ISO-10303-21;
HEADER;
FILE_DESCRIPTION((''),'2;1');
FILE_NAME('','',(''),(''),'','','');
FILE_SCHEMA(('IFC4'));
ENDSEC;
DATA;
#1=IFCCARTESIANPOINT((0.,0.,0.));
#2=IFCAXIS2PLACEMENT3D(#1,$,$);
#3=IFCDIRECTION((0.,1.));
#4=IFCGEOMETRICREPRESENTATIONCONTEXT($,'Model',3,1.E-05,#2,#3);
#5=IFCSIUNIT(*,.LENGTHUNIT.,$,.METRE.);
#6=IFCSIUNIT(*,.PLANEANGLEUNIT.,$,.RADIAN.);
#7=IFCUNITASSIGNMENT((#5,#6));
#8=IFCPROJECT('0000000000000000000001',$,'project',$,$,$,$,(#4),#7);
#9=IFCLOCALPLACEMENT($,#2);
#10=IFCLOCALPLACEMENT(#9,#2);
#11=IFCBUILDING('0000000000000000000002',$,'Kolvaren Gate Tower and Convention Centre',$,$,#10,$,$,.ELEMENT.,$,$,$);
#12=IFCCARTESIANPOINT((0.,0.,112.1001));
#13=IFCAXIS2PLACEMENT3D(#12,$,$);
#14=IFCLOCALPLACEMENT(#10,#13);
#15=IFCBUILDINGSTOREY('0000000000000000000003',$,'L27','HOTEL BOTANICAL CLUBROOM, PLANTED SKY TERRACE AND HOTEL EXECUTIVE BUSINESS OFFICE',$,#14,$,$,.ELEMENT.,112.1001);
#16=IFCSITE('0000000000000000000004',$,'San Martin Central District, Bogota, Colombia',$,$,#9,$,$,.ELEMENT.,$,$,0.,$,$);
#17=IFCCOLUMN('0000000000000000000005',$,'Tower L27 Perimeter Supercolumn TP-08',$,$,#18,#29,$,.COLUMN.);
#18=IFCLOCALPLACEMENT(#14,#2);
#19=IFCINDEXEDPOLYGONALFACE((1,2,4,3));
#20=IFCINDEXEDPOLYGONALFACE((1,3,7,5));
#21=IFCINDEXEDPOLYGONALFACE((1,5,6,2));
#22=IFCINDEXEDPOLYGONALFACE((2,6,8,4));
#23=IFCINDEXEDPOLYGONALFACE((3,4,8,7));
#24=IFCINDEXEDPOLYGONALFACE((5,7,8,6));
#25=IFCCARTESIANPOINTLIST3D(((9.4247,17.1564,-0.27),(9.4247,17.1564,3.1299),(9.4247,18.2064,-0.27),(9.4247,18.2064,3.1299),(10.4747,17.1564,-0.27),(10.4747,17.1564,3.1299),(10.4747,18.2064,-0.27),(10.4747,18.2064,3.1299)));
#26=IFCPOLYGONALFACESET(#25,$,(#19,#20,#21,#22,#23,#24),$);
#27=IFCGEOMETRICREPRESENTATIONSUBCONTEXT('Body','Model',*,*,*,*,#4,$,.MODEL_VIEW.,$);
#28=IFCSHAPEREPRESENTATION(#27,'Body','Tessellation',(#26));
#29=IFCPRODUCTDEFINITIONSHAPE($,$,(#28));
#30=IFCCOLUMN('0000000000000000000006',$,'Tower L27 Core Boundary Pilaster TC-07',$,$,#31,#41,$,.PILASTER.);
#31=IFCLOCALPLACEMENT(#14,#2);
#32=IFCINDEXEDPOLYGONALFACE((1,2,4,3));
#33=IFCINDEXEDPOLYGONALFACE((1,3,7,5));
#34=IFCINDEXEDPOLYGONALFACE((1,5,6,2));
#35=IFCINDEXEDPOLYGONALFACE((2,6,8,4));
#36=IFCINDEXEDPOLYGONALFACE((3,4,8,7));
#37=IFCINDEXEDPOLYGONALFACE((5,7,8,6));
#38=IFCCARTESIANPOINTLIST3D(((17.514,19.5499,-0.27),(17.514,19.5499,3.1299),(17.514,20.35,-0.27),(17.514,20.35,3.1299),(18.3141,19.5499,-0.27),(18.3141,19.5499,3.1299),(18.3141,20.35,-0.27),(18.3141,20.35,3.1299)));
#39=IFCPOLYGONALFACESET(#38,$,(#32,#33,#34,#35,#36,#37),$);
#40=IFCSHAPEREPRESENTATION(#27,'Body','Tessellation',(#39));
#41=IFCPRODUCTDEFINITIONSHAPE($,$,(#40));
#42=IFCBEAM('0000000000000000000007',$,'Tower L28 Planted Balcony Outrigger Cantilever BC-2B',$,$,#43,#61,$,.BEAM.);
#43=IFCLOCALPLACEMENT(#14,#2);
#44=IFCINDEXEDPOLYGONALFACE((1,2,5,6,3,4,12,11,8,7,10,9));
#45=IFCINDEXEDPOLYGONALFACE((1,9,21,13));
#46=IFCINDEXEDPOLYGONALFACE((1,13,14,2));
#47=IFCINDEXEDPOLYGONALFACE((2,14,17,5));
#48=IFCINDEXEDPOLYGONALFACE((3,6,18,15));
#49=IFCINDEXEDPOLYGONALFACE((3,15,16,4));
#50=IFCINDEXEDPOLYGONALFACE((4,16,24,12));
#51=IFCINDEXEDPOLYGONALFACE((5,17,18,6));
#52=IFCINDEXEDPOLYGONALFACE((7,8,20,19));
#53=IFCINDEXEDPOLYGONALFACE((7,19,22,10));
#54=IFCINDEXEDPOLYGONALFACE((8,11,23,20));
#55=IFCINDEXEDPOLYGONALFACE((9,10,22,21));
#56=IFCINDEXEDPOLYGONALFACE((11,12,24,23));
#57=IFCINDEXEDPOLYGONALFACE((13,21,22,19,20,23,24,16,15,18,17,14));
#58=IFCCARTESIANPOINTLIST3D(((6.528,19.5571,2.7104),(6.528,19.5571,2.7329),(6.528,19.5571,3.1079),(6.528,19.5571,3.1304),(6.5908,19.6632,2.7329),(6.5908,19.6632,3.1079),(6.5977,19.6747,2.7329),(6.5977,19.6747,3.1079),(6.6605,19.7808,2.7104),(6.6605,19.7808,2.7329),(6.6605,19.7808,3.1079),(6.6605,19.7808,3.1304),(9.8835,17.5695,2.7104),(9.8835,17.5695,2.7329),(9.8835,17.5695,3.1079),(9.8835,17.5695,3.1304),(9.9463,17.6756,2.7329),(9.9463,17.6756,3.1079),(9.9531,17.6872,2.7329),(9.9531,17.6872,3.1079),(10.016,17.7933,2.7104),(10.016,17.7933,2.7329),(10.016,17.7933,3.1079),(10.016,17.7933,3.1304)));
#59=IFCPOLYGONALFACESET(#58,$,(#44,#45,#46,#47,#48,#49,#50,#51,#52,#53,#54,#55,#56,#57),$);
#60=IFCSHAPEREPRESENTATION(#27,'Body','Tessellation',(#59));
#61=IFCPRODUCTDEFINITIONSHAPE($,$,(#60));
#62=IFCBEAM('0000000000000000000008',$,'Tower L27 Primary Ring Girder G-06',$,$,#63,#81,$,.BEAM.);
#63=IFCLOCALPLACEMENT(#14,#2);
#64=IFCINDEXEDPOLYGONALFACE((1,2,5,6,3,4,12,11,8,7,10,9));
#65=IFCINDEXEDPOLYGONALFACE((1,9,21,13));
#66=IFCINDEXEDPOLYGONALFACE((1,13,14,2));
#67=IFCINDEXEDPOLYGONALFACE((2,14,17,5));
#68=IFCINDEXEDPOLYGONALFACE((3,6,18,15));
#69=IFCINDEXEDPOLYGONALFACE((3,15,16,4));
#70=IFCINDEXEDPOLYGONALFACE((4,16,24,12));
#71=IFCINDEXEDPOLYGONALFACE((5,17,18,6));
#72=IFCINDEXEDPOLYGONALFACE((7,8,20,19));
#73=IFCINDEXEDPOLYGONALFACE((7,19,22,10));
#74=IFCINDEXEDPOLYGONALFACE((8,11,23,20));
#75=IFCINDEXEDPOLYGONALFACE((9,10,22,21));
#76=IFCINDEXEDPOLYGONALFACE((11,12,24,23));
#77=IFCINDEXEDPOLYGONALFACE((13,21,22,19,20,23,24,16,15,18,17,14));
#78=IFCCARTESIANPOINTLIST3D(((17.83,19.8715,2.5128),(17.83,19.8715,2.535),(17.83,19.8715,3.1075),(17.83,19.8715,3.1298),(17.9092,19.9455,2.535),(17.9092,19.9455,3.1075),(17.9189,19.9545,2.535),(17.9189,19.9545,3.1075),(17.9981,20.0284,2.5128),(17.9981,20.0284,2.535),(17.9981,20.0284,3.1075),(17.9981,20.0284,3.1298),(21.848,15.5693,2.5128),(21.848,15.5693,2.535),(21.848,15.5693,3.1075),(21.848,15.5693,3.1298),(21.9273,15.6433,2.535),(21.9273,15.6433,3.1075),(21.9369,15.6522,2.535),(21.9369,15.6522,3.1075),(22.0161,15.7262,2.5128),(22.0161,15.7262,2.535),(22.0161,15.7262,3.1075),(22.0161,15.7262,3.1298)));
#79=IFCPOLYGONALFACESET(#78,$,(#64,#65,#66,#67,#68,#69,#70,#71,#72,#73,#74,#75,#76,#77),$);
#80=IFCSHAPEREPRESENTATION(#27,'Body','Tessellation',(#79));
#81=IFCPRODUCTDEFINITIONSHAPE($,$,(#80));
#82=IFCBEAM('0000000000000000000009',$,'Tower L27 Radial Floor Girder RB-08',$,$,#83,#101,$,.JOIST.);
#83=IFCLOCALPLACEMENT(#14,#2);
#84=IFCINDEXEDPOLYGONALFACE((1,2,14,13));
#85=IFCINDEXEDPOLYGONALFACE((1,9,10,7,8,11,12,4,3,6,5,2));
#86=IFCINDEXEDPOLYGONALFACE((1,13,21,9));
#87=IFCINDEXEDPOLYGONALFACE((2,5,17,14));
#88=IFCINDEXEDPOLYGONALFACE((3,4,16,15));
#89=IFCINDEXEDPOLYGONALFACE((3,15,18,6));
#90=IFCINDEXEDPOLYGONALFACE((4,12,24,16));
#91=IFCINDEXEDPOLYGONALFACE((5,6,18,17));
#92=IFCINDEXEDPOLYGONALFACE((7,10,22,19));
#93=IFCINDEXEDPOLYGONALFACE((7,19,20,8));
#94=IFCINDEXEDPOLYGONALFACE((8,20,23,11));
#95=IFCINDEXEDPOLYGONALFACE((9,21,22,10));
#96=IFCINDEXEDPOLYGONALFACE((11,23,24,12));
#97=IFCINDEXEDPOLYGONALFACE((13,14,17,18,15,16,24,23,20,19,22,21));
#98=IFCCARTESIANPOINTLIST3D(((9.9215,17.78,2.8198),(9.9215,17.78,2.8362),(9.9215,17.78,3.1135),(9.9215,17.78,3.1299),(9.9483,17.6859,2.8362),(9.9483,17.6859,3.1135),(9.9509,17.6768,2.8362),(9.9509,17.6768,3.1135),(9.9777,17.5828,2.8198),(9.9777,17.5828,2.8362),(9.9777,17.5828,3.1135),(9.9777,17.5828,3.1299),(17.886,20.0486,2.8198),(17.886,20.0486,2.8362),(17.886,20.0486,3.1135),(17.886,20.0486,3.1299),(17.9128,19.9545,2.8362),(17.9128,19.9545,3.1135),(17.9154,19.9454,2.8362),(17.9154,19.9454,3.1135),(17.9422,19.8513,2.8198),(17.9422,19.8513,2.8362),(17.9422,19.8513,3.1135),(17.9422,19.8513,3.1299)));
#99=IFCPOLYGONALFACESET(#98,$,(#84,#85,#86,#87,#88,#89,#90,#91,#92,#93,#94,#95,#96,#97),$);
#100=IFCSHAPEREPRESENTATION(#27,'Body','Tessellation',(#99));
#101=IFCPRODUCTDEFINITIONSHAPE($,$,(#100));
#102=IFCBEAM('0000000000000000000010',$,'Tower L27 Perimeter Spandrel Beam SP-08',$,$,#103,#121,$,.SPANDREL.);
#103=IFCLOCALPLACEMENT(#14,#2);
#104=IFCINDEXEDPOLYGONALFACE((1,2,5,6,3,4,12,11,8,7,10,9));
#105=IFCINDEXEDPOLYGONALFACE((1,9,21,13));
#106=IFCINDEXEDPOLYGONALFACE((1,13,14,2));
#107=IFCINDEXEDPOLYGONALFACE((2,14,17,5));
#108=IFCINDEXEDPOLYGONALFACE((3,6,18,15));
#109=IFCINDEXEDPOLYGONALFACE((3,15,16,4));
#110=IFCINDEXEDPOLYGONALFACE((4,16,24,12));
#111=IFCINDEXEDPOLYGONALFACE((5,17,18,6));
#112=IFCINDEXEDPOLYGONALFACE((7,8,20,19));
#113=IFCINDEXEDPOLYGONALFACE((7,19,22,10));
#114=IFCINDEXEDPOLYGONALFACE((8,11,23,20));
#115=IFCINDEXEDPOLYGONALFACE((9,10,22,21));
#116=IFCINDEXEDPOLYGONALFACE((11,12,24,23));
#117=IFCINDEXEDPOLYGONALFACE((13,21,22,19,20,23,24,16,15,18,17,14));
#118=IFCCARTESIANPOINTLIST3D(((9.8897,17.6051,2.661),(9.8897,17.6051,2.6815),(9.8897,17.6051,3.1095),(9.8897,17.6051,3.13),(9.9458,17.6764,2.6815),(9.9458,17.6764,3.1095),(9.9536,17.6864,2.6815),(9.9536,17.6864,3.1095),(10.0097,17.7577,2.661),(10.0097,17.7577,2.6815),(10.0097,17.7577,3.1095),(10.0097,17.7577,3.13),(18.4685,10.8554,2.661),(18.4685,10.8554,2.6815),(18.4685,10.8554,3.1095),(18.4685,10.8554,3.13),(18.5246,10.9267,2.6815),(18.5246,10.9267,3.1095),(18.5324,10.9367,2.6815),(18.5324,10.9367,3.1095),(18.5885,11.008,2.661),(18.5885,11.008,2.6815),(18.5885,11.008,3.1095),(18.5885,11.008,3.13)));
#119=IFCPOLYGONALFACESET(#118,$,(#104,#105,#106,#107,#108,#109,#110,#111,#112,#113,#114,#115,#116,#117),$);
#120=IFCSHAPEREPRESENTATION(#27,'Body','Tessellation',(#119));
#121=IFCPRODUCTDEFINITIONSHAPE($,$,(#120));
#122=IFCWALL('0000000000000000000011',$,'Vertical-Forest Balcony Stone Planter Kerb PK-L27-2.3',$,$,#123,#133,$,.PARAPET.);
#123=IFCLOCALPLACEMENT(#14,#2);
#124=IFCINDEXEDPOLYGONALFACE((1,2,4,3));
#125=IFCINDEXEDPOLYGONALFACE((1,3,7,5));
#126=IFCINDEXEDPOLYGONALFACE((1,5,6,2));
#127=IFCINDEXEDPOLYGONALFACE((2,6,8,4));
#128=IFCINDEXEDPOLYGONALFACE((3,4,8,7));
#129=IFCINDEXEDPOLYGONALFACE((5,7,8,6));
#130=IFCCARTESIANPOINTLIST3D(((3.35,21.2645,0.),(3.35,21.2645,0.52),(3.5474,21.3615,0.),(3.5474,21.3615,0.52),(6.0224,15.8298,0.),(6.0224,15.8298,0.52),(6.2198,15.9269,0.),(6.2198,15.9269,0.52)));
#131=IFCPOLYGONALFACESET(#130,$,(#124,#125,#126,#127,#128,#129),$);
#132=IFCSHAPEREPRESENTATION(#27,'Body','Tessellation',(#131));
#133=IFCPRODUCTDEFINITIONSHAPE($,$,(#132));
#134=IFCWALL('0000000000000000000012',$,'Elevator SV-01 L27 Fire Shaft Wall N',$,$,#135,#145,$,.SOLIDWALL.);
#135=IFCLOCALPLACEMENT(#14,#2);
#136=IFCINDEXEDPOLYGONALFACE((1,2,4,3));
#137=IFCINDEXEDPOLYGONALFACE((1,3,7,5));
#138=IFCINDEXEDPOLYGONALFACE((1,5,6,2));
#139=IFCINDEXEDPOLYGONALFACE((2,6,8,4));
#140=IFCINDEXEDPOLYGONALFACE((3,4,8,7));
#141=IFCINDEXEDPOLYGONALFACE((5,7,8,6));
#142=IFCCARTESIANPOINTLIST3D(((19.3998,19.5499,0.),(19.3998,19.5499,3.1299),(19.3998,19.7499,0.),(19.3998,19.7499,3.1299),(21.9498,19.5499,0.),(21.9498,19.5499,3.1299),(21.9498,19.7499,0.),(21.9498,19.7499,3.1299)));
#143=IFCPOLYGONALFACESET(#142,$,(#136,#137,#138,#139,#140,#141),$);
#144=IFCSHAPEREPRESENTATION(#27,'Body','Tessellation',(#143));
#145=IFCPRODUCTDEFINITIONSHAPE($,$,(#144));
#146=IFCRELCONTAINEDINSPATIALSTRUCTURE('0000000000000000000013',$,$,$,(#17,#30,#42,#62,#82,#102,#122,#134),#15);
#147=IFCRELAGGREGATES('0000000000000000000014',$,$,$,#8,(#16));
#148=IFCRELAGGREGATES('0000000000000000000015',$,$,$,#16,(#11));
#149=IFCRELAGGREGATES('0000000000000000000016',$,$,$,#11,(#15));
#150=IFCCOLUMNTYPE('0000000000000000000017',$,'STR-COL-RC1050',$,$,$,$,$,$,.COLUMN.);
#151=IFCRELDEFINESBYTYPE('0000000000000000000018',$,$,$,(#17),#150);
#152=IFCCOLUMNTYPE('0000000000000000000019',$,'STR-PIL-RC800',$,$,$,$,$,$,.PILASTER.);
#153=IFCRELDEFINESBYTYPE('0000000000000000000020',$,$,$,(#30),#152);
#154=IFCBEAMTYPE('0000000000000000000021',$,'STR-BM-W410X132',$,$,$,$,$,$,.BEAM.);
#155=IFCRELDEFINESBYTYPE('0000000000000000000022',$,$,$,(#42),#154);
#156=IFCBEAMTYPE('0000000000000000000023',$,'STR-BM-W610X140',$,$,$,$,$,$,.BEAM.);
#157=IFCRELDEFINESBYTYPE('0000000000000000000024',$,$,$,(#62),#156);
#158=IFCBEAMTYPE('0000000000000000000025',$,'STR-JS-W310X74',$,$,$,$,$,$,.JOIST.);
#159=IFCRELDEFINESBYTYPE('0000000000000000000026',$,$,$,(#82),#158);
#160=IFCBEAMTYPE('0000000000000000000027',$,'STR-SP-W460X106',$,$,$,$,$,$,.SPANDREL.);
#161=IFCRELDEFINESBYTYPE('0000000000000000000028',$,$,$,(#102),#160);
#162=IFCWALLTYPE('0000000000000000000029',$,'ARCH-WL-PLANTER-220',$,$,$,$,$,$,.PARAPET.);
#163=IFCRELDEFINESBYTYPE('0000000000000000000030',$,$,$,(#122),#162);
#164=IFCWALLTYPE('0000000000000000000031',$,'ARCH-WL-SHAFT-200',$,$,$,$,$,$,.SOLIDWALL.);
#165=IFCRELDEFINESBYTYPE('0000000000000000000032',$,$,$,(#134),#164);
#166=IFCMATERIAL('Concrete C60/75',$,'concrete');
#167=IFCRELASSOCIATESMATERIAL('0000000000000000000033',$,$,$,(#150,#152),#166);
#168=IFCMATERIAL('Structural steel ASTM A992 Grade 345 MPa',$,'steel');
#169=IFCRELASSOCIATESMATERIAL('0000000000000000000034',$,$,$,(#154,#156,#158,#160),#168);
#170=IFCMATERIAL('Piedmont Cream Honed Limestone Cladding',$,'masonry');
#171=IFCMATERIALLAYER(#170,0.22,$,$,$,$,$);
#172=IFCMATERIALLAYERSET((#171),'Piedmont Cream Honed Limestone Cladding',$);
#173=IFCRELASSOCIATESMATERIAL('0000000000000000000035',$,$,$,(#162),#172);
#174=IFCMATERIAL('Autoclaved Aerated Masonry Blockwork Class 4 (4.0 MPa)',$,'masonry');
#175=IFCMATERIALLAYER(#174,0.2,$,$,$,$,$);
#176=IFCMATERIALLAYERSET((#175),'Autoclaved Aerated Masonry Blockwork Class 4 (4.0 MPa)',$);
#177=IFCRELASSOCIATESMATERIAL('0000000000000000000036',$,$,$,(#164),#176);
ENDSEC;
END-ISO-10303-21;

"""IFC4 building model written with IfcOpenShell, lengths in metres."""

from ifc_helpers import new_model, si_unit, direction, frame, frame_2d, origin, origin_2d, place, context, subcontext, project, spatial, rectangle, i_section, extrude, material, layer, layer_set, material_profile, profile_set, type_object, element, save


model = new_model("IFC4")

# Units and contexts
model_context = context("Model", 3, precision=1e-05, world=origin(), true_north=direction((0.0, 1.0)))
body_context = subcontext(model_context, "Body", "Model", "MODEL_VIEW")
ifc_project = project(units=[si_unit("LENGTHUNIT", "METRE"), si_unit("PLANEANGLEUNIT", "RADIAN")], contexts=[model_context])

# Site, building, storey
site_placement = place(None, origin())
site = spatial("IfcSite", under=ifc_project, at=site_placement, Name="San Martin Central District, Bogota, Colombia", CompositionType="ELEMENT", RefElevation=0.0)
building_placement = place(site_placement, origin())
building = spatial("IfcBuilding", under=site, at=building_placement, Name="Kolvaren Gate Tower and Convention Centre", CompositionType="ELEMENT")
storey_placement = place(building_placement, frame((0.0, 0.0, 112.1001)))
storey = spatial("IfcBuildingStorey", under=building, at=storey_placement, Name="L27", Description="HOTEL BOTANICAL CLUBROOM, PLANTED SKY TERRACE AND HOTEL EXECUTIVE BUSINESS OFFICE", CompositionType="ELEMENT", Elevation=112.1001)

# Columns
ifc_material_1 = material(Name="Concrete C60/75", Category="concrete")
ifc_material_profile_1 = material_profile(ifc_material_1, rectangle(XDim=1.05, YDim=1.05, at=origin_2d()), Name="RC-COL-1050X1050")
ifc_profile_set_1 = profile_set([ifc_material_profile_1], Name="Concrete C60/75")
column_type_1 = type_object("IfcColumnType", Name="STR-COL-RC1050", PredefinedType="COLUMN", material=ifc_profile_set_1)
column_1_placement = place(storey_placement, frame((9.9497, 17.6814, -0.27), z_axis=(0.0, 0.0, 1.0), x_axis=(1.0, 0.0, 0.0)))
element("IfcColumn", 1, at=column_1_placement, inside=storey, type_object=column_type_1, Name="Tower L27 Perimeter Supercolumn TP-08", PredefinedType="COLUMN", context=body_context, shape_type="SweptSolid", body=[
    extrude(rectangle(XDim=1.05, YDim=1.05, at=origin_2d()), origin(), (0.0, 0.0, 1.0), 3.3999),
])
ifc_material_profile_2 = material_profile(ifc_material_1, rectangle(XDim=0.8, YDim=0.8, at=origin_2d()), Name="RC-COL-800X800")
ifc_profile_set_2 = profile_set([ifc_material_profile_2], Name="Concrete C60/75")
column_type_2 = type_object("IfcColumnType", Name="STR-PIL-RC800", PredefinedType="PILASTER", material=ifc_profile_set_2)
column_2_placement = place(storey_placement, frame((17.9141, 19.95, -0.27), z_axis=(0.0, 0.0, 1.0), x_axis=(1.0, 0.0, 0.0)))
element("IfcColumn", 2, at=column_2_placement, inside=storey, type_object=column_type_2, Name="Tower L27 Core Boundary Pilaster TC-07", PredefinedType="PILASTER", context=body_context, shape_type="SweptSolid", body=[
    extrude(rectangle(XDim=0.8, YDim=0.8, at=origin_2d()), origin(), (0.0, 0.0, 1.0), 3.3999),
])

# Beams
ifc_material_2 = material(Name="Structural steel ASTM A992 Grade 345 MPa", Category="steel")
ifc_material_profile_3 = material_profile(ifc_material_2, i_section(OverallWidth=0.26, OverallDepth=0.4199, WebThickness=0.0134, FlangeThickness=0.0225, at=origin_2d()), Name="W410X132")
ifc_profile_set_3 = profile_set([ifc_material_profile_3], Name="Structural steel ASTM A992 Grade 345 MPa")
beam_type_1 = type_object("IfcBeamType", Name="STR-BM-W410X132", PredefinedType="BEAM", material=ifc_profile_set_3)
beam_1_placement = place(storey_placement, frame((9.9497, 17.6814, 2.9204), z_axis=(-0.86039, 0.509636, 0.0), x_axis=(-0.509636, -0.86039, 0.0)))
element("IfcBeam", 3, at=beam_1_placement, inside=storey, type_object=beam_type_1, Name="Tower L28 Planted Balcony Outrigger Cantilever BC-2B", PredefinedType="BEAM", context=body_context, shape_type="SweptSolid", body=[
    extrude(i_section(OverallWidth=0.26, OverallDepth=0.4199, WebThickness=0.0134, FlangeThickness=0.0225, at=origin_2d()), origin(), (0.0, 0.0, 1.0), 3.8999),
])
ifc_material_profile_4 = material_profile(ifc_material_2, i_section(OverallWidth=0.23, OverallDepth=0.6169, WebThickness=0.0132, FlangeThickness=0.0222, at=origin_2d()), Name="W610X140")
ifc_profile_set_4 = profile_set([ifc_material_profile_4], Name="Structural steel ASTM A992 Grade 345 MPa")
beam_type_2 = type_object("IfcBeamType", Name="STR-BM-W610X140", PredefinedType="BEAM", material=ifc_profile_set_4)
beam_2_placement = place(storey_placement, frame((17.9141, 19.95, 2.8213), z_axis=(0.682558, -0.730832, 0.0), x_axis=(0.730832, 0.682558, 0.0)))
element("IfcBeam", 4, at=beam_2_placement, inside=storey, type_object=beam_type_2, Name="Tower L27 Primary Ring Girder G-06", PredefinedType="BEAM", context=body_context, shape_type="SweptSolid", body=[
    extrude(i_section(OverallWidth=0.23, OverallDepth=0.6169, WebThickness=0.0132, FlangeThickness=0.0222, at=origin_2d()), origin(), (0.0, 0.0, 1.0), 5.8867),
])
ifc_material_profile_5 = material_profile(ifc_material_2, i_section(OverallWidth=0.2051, OverallDepth=0.3101, WebThickness=0.0095, FlangeThickness=0.0164, at=origin_2d()), Name="W310X74")
ifc_profile_set_5 = profile_set([ifc_material_profile_5], Name="Structural steel ASTM A992 Grade 345 MPa")
beam_type_3 = type_object("IfcBeamType", Name="STR-JS-W310X74", PredefinedType="JOIST", material=ifc_profile_set_5)
beam_3_placement = place(storey_placement, frame((17.9141, 19.95, 2.9749), z_axis=(-0.961746, -0.273942, 0.0), x_axis=(0.273942, -0.961746, 0.0)))
element("IfcBeam", 5, at=beam_3_placement, inside=storey, type_object=beam_type_3, Name="Tower L27 Radial Floor Girder RB-08", PredefinedType="JOIST", context=body_context, shape_type="SweptSolid", body=[
    extrude(i_section(OverallWidth=0.2051, OverallDepth=0.3101, WebThickness=0.0095, FlangeThickness=0.0164, at=origin_2d()), origin(), (0.0, 0.0, 1.0), 8.2812),
])
ifc_material_profile_6 = material_profile(ifc_material_2, i_section(OverallWidth=0.1941, OverallDepth=0.469, WebThickness=0.0127, FlangeThickness=0.0205, at=origin_2d()), Name="W460X106")
ifc_profile_set_6 = profile_set([ifc_material_profile_6], Name="Structural steel ASTM A992 Grade 345 MPa")
beam_type_4 = type_object("IfcBeamType", Name="STR-SP-W460X106", PredefinedType="SPANDREL", material=ifc_profile_set_6)
beam_4_placement = place(storey_placement, frame((9.9497, 17.6814, 2.8955), z_axis=(0.785908, -0.618344, 0.0), x_axis=(0.618344, 0.785908, 0.0)))
element("IfcBeam", 6, at=beam_4_placement, inside=storey, type_object=beam_type_4, Name="Tower L27 Perimeter Spandrel Beam SP-08", PredefinedType="SPANDREL", context=body_context, shape_type="SweptSolid", body=[
    extrude(i_section(OverallWidth=0.1941, OverallDepth=0.469, WebThickness=0.0127, FlangeThickness=0.0205, at=origin_2d()), origin(), (0.0, 0.0, 1.0), 10.9158),
])

# Walls
ifc_material_3 = material(Name="Piedmont Cream Honed Limestone Cladding", Category="masonry")
ifc_layer_1 = layer(ifc_material_3, 0.22)
ifc_layer_set_1 = layer_set([ifc_layer_1], Name="Piedmont Cream Honed Limestone Cladding")
wall_type_1 = type_object("IfcWallType", Name="ARCH-WL-PLANTER-220", PredefinedType="PARAPET", material=ifc_layer_set_1)
wall_1_placement = place(storey_placement, frame((3.4487, 21.313, 0.0), z_axis=(0.0, 0.0, 1.0), x_axis=(0.44127, -0.897375, 0.0)))
element("IfcWall", 7, at=wall_1_placement, inside=storey, type_object=wall_type_1, Name="Vertical-Forest Balcony Stone Planter Kerb PK-L27-2.3", PredefinedType="PARAPET", context=body_context, shape_type="SweptSolid", body=[
    extrude(rectangle(XDim=6.0562, YDim=0.22, at=frame_2d((3.0281, 0.0))), origin(), (0.0, 0.0, 1.0), 0.52),
])
ifc_material_4 = material(Name="Autoclaved Aerated Masonry Blockwork Class 4 (4.0 MPa)", Category="masonry")
ifc_layer_2 = layer(ifc_material_4, 0.2)
ifc_layer_set_2 = layer_set([ifc_layer_2], Name="Autoclaved Aerated Masonry Blockwork Class 4 (4.0 MPa)")
wall_type_2 = type_object("IfcWallType", Name="ARCH-WL-SHAFT-200", PredefinedType="SOLIDWALL", material=ifc_layer_set_2)
wall_2_placement = place(storey_placement, frame((19.3999, 19.6499, 0.0), z_axis=(0.0, 0.0, 1.0), x_axis=(1.0, 0.0, 0.0)))
element("IfcWall", 8, at=wall_2_placement, inside=storey, type_object=wall_type_2, Name="Elevator SV-01 L27 Fire Shaft Wall N", PredefinedType="SOLIDWALL", context=body_context, shape_type="SweptSolid", body=[
    extrude(rectangle(XDim=2.55, YDim=0.2, at=frame_2d((1.2749, 0.0))), origin(), (0.0, 0.0, 1.0), 3.1299),
])

save(model, "model.ifc")
